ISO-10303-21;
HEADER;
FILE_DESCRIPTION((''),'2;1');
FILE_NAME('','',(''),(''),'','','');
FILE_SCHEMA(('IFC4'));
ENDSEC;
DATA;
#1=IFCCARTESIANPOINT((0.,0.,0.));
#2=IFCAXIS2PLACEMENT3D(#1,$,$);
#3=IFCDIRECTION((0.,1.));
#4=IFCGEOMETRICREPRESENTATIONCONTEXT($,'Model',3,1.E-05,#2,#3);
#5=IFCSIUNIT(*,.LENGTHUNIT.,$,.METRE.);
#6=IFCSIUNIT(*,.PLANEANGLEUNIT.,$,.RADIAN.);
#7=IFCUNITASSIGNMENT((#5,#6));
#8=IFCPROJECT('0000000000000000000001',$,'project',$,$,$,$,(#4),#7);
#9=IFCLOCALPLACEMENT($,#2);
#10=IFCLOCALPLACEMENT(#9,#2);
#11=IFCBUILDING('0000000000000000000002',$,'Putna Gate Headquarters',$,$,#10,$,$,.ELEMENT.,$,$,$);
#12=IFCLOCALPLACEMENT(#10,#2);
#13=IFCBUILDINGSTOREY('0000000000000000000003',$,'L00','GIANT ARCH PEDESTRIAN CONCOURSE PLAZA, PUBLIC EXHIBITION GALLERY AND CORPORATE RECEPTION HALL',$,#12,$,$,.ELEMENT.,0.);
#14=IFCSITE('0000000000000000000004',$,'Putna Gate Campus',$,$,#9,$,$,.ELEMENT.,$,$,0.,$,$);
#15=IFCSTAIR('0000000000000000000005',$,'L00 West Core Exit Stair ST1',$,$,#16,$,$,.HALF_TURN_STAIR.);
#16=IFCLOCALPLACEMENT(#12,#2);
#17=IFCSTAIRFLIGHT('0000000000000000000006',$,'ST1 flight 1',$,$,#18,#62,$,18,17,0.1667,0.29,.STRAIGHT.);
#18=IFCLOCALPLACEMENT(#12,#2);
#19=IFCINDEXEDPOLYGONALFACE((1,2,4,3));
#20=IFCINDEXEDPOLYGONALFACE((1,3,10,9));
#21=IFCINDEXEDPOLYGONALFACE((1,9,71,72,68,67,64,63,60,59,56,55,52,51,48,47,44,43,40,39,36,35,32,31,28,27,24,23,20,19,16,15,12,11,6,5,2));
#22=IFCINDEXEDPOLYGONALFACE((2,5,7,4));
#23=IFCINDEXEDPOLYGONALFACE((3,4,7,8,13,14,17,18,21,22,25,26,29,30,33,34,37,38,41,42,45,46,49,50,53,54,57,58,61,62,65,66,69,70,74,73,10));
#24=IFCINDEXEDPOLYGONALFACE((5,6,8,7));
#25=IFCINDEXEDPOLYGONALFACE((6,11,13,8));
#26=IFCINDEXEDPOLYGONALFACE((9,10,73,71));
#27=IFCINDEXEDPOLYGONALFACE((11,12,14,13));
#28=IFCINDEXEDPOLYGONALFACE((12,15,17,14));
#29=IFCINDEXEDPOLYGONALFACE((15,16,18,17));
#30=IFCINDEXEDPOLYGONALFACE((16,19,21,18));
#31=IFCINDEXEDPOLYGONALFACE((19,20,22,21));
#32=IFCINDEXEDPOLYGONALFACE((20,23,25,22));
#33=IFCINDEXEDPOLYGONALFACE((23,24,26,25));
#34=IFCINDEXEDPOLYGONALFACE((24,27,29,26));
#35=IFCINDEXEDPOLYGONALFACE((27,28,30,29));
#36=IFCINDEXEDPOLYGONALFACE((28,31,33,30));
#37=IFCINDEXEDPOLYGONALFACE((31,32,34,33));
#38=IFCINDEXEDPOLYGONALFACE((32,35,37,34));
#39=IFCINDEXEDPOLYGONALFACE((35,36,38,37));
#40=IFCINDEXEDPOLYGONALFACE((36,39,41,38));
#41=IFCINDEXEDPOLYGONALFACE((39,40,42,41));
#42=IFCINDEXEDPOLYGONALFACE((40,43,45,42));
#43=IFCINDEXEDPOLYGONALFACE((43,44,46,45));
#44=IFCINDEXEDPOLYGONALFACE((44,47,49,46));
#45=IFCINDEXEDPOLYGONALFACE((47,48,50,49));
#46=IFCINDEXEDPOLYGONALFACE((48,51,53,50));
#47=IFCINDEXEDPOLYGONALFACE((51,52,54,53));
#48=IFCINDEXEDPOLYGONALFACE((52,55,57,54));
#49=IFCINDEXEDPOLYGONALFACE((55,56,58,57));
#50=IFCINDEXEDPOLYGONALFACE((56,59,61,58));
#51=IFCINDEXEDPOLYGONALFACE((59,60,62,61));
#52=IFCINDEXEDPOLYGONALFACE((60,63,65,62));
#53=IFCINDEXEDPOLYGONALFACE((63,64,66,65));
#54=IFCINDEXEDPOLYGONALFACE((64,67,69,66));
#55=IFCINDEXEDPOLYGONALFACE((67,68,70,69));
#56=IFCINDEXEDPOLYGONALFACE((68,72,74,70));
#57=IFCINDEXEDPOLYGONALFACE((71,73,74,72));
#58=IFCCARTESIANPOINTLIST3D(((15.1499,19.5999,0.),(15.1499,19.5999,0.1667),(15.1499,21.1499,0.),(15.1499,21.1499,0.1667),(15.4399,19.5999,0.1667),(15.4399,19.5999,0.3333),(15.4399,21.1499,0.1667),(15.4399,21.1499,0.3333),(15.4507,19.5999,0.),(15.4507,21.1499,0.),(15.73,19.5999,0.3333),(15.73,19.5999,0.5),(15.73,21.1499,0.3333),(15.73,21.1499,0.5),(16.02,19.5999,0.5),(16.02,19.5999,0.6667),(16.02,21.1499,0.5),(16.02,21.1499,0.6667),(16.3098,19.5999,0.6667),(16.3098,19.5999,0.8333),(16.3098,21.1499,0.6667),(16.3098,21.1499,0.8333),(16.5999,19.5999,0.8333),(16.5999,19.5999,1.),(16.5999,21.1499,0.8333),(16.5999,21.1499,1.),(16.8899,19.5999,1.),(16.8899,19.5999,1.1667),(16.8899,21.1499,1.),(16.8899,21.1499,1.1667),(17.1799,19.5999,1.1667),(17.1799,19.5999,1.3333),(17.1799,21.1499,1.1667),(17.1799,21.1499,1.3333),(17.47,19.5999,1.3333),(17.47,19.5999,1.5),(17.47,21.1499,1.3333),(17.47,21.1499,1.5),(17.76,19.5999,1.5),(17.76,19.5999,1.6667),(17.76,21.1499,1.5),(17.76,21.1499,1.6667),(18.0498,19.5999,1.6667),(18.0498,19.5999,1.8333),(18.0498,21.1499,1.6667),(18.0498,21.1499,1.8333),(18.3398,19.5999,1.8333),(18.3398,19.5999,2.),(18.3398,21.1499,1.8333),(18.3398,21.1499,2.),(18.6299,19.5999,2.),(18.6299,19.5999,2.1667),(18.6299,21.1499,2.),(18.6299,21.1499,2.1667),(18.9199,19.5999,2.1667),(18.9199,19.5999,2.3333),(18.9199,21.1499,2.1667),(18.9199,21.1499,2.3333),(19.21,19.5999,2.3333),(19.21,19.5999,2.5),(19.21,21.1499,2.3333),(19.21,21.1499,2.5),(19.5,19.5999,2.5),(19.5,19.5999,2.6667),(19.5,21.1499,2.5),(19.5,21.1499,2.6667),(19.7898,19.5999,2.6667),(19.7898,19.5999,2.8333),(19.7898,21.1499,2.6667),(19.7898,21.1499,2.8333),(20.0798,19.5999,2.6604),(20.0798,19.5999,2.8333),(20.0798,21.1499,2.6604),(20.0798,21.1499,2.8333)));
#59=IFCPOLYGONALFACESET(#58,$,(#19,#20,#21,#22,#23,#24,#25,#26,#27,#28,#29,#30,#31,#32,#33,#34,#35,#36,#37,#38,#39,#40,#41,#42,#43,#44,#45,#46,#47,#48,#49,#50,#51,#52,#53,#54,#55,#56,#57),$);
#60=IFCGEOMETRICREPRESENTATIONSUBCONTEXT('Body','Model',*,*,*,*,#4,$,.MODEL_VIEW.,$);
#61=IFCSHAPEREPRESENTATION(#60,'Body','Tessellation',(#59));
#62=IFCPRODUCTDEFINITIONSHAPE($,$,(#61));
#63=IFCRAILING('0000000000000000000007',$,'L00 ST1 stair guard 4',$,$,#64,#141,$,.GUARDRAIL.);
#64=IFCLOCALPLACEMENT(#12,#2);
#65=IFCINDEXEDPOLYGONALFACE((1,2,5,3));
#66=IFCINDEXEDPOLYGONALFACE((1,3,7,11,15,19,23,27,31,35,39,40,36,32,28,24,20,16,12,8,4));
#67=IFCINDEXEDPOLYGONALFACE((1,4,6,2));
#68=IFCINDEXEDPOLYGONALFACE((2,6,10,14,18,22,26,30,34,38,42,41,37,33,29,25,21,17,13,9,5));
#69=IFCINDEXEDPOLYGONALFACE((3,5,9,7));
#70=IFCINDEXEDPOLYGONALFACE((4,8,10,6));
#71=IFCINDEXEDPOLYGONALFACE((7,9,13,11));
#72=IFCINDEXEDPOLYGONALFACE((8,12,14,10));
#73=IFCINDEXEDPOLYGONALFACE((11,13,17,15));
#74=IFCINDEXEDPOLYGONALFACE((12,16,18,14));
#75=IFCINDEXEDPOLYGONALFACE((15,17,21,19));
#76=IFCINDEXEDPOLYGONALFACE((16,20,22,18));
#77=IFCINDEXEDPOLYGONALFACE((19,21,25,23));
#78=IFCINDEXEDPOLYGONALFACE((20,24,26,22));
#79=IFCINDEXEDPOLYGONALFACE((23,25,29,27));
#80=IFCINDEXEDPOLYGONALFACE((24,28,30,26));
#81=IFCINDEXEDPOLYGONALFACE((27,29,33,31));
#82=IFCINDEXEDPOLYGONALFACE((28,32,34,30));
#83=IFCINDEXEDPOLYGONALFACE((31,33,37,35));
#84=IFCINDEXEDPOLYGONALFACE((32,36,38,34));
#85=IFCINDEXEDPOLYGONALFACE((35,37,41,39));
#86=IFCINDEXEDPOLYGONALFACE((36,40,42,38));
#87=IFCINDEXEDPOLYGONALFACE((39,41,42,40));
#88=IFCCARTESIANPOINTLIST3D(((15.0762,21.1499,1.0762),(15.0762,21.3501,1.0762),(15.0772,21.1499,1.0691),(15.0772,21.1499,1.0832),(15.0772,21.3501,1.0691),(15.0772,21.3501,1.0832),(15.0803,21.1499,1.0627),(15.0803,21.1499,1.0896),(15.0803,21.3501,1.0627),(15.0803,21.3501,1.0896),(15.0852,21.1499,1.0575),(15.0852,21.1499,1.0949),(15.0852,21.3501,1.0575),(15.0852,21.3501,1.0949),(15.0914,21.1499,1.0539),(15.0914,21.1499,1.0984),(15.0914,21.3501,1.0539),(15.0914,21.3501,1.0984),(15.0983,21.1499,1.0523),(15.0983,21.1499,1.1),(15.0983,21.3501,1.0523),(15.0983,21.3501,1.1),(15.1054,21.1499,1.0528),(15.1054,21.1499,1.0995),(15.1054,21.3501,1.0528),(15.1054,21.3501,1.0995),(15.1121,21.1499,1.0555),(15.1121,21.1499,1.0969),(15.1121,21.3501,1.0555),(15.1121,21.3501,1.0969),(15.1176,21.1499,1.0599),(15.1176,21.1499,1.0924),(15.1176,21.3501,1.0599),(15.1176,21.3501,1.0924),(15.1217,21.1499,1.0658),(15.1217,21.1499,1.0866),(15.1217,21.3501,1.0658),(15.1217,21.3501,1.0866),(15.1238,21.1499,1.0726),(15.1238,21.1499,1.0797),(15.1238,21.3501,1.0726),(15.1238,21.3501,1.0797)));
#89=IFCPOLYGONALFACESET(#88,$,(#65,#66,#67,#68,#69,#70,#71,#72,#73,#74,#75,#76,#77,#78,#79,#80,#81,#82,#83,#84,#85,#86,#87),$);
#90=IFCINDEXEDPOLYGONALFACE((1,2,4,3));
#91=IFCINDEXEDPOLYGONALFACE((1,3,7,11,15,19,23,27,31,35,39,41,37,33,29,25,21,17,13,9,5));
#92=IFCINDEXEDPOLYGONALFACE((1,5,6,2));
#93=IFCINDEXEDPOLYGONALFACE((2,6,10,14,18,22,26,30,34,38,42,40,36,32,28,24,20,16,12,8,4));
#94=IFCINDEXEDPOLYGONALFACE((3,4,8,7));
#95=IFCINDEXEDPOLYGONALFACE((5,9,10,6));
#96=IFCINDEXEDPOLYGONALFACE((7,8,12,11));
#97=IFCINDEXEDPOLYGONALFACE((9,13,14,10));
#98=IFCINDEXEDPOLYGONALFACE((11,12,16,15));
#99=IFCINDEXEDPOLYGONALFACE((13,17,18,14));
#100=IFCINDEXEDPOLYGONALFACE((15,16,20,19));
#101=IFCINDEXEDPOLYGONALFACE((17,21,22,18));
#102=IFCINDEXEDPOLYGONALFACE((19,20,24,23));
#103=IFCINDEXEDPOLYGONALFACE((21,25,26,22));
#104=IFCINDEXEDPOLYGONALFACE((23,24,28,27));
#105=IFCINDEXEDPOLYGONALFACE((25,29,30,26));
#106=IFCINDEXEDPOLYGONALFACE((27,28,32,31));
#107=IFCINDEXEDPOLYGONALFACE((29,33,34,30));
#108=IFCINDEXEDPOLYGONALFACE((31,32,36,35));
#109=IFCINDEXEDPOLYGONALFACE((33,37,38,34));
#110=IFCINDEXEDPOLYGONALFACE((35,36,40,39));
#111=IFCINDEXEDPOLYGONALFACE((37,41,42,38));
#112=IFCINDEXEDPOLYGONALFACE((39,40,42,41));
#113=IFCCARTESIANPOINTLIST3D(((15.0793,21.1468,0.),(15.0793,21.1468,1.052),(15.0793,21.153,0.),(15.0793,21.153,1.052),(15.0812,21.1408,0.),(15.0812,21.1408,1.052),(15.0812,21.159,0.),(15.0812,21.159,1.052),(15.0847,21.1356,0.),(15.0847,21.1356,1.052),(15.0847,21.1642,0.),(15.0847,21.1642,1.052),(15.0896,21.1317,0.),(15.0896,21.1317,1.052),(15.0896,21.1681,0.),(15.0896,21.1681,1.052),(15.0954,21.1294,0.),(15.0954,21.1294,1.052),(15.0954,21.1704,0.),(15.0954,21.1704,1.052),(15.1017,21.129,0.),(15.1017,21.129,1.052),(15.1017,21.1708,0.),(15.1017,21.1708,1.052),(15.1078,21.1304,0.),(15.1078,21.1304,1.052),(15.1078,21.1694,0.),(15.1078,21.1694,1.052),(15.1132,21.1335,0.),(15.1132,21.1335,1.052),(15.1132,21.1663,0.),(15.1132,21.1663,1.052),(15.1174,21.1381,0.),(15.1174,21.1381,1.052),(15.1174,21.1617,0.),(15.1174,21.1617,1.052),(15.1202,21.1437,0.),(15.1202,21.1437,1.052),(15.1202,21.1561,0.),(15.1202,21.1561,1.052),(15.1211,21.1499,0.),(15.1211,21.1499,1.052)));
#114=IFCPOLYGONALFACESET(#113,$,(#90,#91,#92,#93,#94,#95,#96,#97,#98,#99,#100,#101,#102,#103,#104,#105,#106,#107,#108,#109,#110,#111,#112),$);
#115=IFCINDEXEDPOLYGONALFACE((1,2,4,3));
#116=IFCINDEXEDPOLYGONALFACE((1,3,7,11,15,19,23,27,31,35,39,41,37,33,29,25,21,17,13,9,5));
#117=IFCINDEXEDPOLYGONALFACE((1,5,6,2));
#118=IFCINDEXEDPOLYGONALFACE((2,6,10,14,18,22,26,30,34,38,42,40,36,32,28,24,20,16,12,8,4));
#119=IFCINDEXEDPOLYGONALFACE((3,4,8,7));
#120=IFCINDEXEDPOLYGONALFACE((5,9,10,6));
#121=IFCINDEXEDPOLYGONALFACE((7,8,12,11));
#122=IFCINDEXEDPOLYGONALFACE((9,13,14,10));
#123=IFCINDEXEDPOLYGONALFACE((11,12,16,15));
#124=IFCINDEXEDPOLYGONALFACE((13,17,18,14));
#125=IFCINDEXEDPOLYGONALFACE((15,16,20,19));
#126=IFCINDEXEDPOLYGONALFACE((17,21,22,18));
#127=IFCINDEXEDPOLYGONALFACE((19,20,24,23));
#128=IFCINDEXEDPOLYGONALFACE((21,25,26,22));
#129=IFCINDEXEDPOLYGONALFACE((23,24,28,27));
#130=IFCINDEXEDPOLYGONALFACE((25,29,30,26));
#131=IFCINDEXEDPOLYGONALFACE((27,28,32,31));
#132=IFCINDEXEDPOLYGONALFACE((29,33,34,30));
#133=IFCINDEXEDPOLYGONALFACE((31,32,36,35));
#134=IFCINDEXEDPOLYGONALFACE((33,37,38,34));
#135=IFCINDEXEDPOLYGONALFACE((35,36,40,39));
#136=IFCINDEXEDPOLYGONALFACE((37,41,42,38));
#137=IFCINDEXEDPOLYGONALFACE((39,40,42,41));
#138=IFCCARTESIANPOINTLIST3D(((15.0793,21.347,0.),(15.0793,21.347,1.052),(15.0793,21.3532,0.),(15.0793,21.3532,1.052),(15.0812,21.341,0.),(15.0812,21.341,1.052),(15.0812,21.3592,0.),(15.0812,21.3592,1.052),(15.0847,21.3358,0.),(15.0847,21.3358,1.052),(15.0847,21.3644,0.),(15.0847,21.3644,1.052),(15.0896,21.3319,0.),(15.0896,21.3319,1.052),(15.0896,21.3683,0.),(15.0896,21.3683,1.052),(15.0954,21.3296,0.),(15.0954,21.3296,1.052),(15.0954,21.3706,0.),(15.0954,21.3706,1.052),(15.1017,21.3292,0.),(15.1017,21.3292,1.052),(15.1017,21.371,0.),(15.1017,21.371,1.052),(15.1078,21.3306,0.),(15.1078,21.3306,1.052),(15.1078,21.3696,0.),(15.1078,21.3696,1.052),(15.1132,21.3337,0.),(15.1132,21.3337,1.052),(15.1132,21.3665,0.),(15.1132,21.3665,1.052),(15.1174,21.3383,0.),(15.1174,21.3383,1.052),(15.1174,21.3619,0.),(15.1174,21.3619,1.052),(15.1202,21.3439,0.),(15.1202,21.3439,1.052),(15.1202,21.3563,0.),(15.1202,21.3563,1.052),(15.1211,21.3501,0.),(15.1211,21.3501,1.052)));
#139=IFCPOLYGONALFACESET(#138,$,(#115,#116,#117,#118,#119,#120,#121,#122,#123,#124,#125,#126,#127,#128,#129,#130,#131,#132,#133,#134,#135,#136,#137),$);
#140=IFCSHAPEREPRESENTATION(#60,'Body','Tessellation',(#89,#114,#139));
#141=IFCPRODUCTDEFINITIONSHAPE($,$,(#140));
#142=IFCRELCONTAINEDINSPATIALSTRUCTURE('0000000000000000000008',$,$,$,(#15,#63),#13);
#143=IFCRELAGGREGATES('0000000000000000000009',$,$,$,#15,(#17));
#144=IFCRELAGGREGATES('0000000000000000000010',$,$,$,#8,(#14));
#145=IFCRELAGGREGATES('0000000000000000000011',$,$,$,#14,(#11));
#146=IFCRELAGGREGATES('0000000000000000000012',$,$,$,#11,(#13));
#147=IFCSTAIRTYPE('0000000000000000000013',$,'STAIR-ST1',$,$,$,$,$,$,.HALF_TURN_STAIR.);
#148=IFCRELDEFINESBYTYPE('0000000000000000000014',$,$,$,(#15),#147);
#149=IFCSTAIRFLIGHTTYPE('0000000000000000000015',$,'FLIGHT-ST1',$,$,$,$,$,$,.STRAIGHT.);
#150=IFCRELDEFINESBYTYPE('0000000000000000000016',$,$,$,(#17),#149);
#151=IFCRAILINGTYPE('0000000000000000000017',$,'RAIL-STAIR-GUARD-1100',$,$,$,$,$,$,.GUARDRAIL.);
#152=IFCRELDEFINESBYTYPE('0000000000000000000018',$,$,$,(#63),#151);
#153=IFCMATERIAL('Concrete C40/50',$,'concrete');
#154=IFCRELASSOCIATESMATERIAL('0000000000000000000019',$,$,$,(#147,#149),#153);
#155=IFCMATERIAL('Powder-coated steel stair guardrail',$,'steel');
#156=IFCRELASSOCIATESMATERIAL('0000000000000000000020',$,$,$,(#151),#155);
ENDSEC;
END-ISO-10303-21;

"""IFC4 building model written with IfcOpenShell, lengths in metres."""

from ifc_helpers import new_model, si_unit, direction, frame, origin, origin_2d, place, context, subcontext, project, spatial, polyline, circle, outline, extrude, material, type_object, element, aggregate, save


model = new_model("IFC4")

# Units and contexts
model_context = context("Model", 3, precision=1e-05, world=origin(), true_north=direction((0.0, 1.0)))
body_context = subcontext(model_context, "Body", "Model", "MODEL_VIEW")
ifc_project = project(units=[si_unit("LENGTHUNIT", "METRE"), si_unit("PLANEANGLEUNIT", "RADIAN")], contexts=[model_context])

# Site, building, storey
site_placement = place(None, origin())
site = spatial("IfcSite", under=ifc_project, at=site_placement, Name="Putna Gate Campus", CompositionType="ELEMENT", RefElevation=0.0)
building_placement = place(site_placement, origin())
building = spatial("IfcBuilding", under=site, at=building_placement, Name="Putna Gate Headquarters", CompositionType="ELEMENT")
storey_placement = place(building_placement, origin())
storey = spatial("IfcBuildingStorey", under=building, at=storey_placement, Name="L00", Description="GIANT ARCH PEDESTRIAN CONCOURSE PLAZA, PUBLIC EXHIBITION GALLERY AND CORPORATE RECEPTION HALL", CompositionType="ELEMENT", Elevation=0.0)

# Shared definitions
ifc_material_1 = material(Name="Concrete C40/50", Category="concrete")

# Stair, stair flight
stair_type = type_object("IfcStairType", Name="STAIR-ST1", PredefinedType="HALF_TURN_STAIR", material=ifc_material_1)
stair_placement = place(storey_placement, origin())
stair = element("IfcStair", 1, at=stair_placement, inside=storey, type_object=stair_type, Name="L00 West Core Exit Stair ST1", PredefinedType="HALF_TURN_STAIR")
stair_flight_type = type_object("IfcStairFlightType", Name="FLIGHT-ST1", PredefinedType="STRAIGHT", material=ifc_material_1)
stair_flight_placement = place(storey_placement, frame((15.1499, 20.375, 0.0), z_axis=(0.0, 0.0, 1.0), x_axis=(1.0, 0.0, 0.0)))
stair_flight = element("IfcStairFlight", 2, at=stair_flight_placement, type_object=stair_flight_type, Name="ST1 flight 1", NumberOfRisers=18, NumberOfTreads=17, PredefinedType="STRAIGHT", RiserHeight=0.1667, TreadLength=0.29, context=body_context, shape_type="SweptSolid", body=[
    extrude(outline(polyline([(0.0, 0.0), (0.0, 0.1667), (0.29, 0.1667), (0.29, 0.3333), (0.5801, 0.3333), (0.5801, 0.5), (0.8701, 0.5), (0.8701, 0.6667), (1.1599, 0.6667), (1.1599, 0.8333), (1.45, 0.8333), (1.45, 1.0), (1.74, 1.0), (1.74, 1.1667), (2.03, 1.1667), (2.03, 1.3333), (2.3201, 1.3333), (2.3201, 1.5), (2.6101, 1.5), (2.6101, 1.6667), (2.8999, 1.6667), (2.8999, 1.8333), (3.1899, 1.8333), (3.1899, 2.0), (3.48, 2.0), (3.48, 2.1667), (3.77, 2.1667), (3.77, 2.3333), (4.0601, 2.3333), (4.0601, 2.5), (4.3501, 2.5), (4.3501, 2.6667), (4.6399, 2.6667), (4.6399, 2.8333), (4.9299, 2.8333), (4.9299, 3.0), (4.9299, 2.6604), (0.3008, 0.0), (0.0, 0.0)])), frame((0.0, 0.7749, 0.0), z_axis=(0.0, -1.0, 0.0), x_axis=(1.0, 0.0, 0.0)), (0.0, 0.0, 1.0), 1.55),
])
aggregate(stair, [stair_flight])

# Railing
ifc_material_2 = material(Name="Powder-coated steel stair guardrail", Category="steel")
railing_type = type_object("IfcRailingType", Name="RAIL-STAIR-GUARD-1100", PredefinedType="GUARDRAIL", material=ifc_material_2)
railing_1_placement = place(storey_placement, frame((15.1001, 21.1499, 0.0)))
element("IfcRailing", 3, at=railing_1_placement, inside=storey, type_object=railing_type, Name="L00 ST1 stair guard 4", PredefinedType="GUARDRAIL", context=body_context, shape_type="SweptSolid", body=[
    extrude(circle(Radius=0.0239, at=origin_2d()), frame((0.0, 0.0, 1.0762), z_axis=(0.0, 1.0, 0.0), x_axis=(-1.0, 0.0, 0.0)), (0.0, 0.0, 1.0), 0.2002),
    extrude(circle(Radius=0.021, at=origin_2d()), origin(), (0.0, 0.0, 1.0), 1.052),
    extrude(circle(Radius=0.021, at=origin_2d()), frame((0.0, 0.2002, 0.0)), (0.0, 0.0, 1.0), 1.052),
])

save(model, "model.ifc")
